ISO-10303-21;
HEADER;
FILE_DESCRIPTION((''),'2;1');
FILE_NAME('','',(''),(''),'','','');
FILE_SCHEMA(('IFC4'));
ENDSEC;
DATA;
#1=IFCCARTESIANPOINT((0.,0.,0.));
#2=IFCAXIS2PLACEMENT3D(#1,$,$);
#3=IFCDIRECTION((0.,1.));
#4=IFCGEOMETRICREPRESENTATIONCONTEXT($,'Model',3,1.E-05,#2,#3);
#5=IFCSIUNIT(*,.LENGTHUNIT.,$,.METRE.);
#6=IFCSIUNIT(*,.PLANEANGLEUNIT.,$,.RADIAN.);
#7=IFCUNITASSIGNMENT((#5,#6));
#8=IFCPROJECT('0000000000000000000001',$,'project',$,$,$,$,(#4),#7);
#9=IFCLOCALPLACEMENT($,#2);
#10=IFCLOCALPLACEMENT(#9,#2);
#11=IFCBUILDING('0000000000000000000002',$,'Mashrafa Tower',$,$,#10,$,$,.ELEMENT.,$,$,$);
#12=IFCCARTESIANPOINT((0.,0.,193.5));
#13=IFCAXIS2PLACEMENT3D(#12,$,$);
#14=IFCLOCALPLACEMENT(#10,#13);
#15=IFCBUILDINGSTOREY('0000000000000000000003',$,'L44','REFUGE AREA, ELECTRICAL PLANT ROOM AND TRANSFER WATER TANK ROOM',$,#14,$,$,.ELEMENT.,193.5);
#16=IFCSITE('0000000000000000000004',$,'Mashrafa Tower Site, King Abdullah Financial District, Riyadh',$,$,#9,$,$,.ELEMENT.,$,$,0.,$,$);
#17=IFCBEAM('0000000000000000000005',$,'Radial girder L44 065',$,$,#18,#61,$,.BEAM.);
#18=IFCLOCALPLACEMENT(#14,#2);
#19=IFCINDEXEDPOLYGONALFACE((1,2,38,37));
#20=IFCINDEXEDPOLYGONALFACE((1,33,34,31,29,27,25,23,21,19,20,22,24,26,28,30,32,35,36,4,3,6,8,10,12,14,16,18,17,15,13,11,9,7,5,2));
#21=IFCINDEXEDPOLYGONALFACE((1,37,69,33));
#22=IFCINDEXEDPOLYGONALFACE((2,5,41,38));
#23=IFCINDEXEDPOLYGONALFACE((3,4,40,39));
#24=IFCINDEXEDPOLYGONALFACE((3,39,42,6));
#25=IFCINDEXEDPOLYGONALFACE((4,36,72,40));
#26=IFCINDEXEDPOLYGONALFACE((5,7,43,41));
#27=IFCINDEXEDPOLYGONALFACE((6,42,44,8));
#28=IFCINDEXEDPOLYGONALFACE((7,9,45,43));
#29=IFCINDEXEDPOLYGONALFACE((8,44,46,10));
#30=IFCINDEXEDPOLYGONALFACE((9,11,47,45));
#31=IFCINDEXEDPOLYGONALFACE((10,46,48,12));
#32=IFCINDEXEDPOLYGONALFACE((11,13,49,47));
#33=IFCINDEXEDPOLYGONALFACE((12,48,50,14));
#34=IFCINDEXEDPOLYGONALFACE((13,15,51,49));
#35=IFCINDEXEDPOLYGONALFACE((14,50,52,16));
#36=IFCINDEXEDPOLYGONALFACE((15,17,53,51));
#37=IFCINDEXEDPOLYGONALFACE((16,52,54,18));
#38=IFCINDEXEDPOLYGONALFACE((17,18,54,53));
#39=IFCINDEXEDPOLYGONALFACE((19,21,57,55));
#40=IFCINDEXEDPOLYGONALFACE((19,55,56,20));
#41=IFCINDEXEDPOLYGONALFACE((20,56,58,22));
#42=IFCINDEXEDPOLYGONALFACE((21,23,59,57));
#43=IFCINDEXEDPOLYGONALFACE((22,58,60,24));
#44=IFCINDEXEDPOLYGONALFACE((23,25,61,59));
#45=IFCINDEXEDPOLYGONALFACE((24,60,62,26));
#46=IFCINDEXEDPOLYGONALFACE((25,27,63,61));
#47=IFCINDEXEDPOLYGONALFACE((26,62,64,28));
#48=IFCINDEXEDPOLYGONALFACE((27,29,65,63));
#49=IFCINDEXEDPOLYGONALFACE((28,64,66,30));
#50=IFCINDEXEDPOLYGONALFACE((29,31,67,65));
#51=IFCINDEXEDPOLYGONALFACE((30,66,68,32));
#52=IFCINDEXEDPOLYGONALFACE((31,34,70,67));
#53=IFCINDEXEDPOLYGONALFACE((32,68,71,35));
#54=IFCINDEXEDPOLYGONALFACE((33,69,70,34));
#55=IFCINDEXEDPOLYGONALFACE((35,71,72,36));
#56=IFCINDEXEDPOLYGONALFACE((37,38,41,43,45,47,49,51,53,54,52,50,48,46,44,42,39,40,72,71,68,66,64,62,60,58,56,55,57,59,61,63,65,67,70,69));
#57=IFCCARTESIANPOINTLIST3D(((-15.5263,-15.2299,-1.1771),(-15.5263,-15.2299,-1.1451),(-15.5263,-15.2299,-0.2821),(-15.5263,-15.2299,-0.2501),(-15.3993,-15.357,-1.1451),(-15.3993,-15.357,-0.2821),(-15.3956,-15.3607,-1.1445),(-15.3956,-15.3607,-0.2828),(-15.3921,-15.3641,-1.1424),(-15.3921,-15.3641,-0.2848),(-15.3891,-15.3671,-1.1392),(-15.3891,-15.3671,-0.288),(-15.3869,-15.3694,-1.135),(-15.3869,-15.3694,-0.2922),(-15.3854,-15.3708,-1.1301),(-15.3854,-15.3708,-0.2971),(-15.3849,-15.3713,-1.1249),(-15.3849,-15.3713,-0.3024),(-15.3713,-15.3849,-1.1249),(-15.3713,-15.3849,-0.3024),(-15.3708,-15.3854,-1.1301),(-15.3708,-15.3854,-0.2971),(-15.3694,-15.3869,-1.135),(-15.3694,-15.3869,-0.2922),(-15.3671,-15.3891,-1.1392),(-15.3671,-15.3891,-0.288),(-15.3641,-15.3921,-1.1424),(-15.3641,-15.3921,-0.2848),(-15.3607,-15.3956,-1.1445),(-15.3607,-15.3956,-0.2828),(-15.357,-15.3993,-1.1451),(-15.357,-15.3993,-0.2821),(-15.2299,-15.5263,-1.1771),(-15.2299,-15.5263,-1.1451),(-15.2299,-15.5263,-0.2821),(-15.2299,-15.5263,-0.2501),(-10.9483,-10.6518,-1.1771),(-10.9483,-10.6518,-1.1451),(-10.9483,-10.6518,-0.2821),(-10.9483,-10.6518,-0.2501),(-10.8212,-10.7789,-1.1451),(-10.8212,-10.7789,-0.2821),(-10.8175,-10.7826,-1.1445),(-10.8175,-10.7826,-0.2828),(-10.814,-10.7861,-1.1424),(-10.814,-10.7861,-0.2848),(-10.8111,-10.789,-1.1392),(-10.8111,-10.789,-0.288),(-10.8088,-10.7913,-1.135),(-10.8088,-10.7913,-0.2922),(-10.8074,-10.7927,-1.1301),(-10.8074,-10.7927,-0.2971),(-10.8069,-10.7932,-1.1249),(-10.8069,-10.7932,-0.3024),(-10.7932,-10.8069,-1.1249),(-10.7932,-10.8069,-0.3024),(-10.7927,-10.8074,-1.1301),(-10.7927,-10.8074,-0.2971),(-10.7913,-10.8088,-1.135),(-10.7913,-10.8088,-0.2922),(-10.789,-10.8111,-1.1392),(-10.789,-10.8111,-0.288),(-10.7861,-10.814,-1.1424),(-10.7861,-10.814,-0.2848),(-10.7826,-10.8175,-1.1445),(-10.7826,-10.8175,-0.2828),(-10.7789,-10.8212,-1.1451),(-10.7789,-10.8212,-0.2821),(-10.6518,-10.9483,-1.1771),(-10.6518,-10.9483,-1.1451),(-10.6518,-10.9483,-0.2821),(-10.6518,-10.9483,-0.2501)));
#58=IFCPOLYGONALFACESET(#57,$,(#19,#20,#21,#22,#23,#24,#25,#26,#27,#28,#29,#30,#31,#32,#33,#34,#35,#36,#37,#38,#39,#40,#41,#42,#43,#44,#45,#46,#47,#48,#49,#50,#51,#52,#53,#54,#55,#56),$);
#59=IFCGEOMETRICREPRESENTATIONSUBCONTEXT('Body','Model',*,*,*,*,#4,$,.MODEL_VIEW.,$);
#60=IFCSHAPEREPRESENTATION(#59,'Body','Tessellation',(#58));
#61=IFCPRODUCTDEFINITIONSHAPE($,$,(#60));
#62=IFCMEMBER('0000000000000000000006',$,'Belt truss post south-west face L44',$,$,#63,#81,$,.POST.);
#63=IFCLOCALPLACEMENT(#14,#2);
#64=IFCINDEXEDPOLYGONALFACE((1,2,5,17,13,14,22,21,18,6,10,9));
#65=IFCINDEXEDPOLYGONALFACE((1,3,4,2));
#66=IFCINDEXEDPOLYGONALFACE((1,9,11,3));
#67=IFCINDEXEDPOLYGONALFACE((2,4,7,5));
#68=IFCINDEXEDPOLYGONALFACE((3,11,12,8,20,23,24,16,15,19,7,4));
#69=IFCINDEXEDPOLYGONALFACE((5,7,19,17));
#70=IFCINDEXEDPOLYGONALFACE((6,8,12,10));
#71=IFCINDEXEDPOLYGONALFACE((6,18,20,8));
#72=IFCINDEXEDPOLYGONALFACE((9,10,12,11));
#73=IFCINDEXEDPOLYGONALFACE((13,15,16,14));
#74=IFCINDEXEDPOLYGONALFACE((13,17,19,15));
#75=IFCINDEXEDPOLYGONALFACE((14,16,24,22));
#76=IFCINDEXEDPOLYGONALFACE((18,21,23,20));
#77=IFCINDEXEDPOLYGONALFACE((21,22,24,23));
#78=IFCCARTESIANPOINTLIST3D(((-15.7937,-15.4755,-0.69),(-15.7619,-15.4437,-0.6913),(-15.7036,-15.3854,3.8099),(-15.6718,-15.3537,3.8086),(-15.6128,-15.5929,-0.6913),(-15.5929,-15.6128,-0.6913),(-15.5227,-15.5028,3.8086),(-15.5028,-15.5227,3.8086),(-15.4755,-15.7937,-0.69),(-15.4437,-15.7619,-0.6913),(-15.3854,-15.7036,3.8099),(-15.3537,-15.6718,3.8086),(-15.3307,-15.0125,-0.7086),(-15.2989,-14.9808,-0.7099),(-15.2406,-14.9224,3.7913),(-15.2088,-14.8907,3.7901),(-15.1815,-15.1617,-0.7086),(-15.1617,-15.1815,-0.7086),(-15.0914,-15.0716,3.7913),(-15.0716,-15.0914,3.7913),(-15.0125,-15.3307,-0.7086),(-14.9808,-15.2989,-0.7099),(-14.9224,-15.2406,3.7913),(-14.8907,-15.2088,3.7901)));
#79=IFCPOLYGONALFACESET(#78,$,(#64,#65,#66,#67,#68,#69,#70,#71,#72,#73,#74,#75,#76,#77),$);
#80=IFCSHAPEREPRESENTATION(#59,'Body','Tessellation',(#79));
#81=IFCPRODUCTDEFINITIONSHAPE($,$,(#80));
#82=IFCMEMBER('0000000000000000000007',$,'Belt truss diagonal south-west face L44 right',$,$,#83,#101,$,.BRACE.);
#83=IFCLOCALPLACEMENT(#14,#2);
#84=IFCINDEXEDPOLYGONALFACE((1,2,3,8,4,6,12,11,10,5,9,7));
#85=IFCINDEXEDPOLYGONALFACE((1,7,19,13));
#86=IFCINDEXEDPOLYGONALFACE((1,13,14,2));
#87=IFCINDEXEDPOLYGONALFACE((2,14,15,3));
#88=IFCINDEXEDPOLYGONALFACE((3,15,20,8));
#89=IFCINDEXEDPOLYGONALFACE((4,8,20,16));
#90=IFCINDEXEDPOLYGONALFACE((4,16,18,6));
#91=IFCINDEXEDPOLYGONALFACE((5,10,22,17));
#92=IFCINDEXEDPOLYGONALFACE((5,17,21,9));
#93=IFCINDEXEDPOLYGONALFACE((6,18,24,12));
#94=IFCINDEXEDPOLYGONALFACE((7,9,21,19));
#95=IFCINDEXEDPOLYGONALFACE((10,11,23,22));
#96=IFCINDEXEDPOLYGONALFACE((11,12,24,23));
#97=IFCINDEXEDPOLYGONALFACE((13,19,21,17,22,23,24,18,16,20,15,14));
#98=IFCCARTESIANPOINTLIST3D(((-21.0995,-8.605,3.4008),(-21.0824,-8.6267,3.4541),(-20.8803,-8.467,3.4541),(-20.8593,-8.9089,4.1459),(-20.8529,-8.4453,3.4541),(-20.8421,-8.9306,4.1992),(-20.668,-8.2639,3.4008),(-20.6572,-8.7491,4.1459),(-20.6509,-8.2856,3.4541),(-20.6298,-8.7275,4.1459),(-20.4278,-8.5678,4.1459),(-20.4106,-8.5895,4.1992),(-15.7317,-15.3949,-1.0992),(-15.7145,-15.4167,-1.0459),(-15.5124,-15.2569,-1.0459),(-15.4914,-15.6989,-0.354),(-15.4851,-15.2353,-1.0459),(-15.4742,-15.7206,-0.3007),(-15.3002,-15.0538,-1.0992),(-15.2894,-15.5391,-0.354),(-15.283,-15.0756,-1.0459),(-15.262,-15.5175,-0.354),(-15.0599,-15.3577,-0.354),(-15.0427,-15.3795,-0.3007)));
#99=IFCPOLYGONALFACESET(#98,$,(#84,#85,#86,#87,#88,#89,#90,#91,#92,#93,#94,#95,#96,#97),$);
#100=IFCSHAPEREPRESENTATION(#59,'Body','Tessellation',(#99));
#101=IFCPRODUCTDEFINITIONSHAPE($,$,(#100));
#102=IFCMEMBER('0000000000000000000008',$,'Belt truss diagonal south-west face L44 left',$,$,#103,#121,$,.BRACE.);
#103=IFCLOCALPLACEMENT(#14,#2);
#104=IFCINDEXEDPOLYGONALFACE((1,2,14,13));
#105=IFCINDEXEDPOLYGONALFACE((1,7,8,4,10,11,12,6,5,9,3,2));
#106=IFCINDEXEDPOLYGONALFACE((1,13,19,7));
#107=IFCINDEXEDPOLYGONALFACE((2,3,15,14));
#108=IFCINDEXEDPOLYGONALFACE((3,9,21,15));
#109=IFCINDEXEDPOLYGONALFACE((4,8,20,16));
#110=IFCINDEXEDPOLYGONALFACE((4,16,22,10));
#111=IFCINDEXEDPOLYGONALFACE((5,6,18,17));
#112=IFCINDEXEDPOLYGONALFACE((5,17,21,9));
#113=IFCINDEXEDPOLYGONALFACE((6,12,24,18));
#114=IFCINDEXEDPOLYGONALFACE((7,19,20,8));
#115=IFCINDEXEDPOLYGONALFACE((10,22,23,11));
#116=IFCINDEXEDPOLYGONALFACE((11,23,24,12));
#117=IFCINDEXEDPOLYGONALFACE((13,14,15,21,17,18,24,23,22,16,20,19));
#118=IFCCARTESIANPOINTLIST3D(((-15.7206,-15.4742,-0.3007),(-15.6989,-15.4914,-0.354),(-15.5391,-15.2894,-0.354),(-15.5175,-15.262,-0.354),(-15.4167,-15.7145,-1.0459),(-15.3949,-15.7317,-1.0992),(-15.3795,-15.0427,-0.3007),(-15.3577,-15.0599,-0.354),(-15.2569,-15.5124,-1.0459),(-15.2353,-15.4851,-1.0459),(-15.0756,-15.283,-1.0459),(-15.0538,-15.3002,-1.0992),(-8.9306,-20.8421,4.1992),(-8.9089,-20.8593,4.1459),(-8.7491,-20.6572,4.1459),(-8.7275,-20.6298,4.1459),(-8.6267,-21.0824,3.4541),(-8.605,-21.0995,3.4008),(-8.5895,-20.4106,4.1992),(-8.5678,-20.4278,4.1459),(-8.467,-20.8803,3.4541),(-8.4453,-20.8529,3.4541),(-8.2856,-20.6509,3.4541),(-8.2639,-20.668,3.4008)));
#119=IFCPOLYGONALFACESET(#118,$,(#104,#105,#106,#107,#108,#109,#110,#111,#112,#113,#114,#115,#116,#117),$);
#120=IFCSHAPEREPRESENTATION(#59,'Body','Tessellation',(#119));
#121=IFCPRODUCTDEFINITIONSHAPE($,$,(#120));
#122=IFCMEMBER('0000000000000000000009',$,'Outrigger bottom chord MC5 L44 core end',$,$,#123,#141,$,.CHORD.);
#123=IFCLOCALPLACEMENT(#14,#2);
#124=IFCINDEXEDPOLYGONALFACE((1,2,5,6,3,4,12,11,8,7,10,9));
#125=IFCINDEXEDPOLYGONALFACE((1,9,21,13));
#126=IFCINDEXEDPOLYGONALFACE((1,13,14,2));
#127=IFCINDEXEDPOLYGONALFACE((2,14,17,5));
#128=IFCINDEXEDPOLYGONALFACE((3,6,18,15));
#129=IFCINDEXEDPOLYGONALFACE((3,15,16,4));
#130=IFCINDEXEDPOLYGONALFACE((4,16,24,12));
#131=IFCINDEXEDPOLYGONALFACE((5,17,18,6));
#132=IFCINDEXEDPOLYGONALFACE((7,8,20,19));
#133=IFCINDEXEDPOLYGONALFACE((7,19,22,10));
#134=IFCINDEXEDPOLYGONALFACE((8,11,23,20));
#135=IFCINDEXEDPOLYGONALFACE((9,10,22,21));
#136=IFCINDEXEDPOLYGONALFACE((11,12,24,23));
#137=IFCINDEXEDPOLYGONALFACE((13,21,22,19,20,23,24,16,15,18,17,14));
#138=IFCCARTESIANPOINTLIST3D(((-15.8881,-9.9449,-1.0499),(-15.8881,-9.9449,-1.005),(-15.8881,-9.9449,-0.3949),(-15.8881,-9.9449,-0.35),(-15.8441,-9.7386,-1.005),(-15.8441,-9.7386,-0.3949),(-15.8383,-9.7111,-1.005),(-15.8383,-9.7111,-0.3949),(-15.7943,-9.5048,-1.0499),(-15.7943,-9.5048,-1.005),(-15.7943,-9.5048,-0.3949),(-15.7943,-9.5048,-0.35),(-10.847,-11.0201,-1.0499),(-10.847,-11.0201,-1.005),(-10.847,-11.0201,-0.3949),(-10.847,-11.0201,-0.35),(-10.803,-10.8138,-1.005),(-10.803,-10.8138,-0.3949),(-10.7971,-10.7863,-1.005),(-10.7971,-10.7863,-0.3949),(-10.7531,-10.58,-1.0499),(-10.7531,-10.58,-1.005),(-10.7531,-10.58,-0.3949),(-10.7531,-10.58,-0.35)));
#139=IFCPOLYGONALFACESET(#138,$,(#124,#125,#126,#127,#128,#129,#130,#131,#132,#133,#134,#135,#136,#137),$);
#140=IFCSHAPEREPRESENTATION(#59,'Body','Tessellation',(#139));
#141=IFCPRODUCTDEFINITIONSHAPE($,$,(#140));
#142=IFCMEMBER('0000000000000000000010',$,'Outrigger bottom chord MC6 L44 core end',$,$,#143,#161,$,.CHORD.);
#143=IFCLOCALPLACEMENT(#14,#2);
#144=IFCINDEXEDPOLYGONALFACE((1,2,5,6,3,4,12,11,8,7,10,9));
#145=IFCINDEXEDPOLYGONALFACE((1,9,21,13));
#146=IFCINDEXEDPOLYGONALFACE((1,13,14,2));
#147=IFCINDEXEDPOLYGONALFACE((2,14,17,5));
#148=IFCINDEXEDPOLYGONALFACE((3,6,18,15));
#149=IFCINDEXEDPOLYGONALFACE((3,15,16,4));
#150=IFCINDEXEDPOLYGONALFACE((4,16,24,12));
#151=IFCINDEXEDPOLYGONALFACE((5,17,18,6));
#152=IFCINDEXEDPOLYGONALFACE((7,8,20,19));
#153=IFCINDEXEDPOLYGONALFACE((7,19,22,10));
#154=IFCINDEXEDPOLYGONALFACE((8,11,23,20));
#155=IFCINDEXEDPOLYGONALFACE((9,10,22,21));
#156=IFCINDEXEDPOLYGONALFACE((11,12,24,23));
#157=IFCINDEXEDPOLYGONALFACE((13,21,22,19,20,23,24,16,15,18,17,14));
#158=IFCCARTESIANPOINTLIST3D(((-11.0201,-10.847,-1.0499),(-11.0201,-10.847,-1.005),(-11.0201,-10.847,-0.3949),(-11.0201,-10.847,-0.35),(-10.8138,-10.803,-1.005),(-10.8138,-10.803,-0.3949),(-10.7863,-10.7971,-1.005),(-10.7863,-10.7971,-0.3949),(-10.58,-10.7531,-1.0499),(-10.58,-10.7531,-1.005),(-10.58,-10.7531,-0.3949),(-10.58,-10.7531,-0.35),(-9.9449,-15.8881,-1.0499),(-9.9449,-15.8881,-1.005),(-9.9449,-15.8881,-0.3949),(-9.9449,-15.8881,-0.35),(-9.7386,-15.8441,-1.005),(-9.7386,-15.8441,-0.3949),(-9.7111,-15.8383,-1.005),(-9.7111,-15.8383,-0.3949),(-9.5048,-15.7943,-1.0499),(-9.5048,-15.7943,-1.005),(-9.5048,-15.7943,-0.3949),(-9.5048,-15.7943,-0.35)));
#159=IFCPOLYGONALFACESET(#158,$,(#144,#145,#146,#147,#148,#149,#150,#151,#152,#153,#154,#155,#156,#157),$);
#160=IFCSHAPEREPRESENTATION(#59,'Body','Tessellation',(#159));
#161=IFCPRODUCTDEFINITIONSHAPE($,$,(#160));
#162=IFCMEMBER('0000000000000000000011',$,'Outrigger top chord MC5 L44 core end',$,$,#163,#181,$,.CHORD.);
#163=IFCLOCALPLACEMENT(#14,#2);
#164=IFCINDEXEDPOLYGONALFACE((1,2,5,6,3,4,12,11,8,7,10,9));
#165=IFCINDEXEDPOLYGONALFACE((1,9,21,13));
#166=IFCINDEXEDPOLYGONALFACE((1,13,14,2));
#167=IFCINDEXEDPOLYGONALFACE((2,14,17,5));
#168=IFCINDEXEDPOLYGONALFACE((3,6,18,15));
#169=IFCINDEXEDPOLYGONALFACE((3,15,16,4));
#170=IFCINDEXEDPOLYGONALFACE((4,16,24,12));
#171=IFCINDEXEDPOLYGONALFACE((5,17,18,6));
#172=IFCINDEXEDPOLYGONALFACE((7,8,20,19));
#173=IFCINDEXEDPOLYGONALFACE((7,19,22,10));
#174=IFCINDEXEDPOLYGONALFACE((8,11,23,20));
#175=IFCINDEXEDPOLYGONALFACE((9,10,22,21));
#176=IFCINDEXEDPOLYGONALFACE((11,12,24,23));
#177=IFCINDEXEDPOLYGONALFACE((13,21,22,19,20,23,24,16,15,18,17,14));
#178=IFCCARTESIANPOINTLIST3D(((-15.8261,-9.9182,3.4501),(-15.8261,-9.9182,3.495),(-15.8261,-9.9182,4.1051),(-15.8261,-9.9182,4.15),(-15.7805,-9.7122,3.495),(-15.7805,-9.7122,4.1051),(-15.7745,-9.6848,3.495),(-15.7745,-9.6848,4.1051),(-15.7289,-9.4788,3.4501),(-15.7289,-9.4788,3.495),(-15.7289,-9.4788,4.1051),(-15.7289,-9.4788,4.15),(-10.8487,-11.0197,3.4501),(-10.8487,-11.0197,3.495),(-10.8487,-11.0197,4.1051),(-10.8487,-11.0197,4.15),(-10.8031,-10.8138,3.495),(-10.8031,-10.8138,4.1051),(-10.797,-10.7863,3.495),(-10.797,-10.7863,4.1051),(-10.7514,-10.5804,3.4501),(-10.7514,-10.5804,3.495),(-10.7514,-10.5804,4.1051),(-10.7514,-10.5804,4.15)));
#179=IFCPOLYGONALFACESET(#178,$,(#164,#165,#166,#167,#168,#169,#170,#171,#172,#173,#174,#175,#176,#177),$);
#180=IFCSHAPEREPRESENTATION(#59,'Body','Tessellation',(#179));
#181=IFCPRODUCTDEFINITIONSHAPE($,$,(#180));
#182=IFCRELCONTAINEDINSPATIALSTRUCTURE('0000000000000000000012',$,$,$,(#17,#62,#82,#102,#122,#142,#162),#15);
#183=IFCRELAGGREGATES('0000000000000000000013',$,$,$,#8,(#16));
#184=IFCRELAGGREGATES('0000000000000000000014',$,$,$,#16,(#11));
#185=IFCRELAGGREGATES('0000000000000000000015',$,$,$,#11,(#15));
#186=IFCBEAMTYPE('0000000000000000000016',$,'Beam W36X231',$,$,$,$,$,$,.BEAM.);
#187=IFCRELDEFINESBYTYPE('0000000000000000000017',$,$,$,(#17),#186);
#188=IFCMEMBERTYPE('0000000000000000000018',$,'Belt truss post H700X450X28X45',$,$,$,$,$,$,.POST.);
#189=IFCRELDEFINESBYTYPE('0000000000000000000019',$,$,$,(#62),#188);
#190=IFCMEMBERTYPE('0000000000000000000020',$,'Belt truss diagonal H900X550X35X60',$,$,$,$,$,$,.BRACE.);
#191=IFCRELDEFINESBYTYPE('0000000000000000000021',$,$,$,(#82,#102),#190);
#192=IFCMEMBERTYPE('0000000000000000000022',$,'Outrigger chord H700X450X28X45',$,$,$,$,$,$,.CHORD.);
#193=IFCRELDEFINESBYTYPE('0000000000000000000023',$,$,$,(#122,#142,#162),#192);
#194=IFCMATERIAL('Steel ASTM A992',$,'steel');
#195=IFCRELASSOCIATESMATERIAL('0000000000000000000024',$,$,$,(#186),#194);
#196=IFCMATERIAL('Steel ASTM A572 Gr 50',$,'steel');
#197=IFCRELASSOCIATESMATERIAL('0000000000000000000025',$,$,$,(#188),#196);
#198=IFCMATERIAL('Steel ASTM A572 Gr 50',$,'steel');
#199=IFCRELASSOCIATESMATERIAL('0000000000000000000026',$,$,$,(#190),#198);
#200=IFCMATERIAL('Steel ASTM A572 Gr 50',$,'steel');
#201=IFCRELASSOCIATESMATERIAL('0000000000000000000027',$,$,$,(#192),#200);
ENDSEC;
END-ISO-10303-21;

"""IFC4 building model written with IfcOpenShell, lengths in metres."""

from ifc_helpers import new_model, si_unit, direction, frame, origin, origin_2d, place, context, subcontext, project, spatial, i_section, extrude, source, transform, mapped, material, material_profile, profile_set, type_object, type_shapes, element, save


model = new_model("IFC4")

# Units and contexts
model_context = context("Model", 3, precision=1e-05, world=origin(), true_north=direction((0.0, 1.0)))
body_context = subcontext(model_context, "Body", "Model", "MODEL_VIEW")
ifc_project = project(units=[si_unit("LENGTHUNIT", "METRE"), si_unit("PLANEANGLEUNIT", "RADIAN")], contexts=[model_context])

# Site, building, storey
site_placement = place(None, origin())
site = spatial("IfcSite", under=ifc_project, at=site_placement, Name="Mashrafa Tower Site, King Abdullah Financial District, Riyadh", CompositionType="ELEMENT", RefElevation=0.0)
building_placement = place(site_placement, origin())
building = spatial("IfcBuilding", under=site, at=building_placement, Name="Mashrafa Tower", CompositionType="ELEMENT")
storey_placement = place(building_placement, frame((0.0, 0.0, 193.5)))
storey = spatial("IfcBuildingStorey", under=building, at=storey_placement, Name="L44", Description="REFUGE AREA, ELECTRICAL PLANT ROOM AND TRANSFER WATER TANK ROOM", CompositionType="ELEMENT", Elevation=193.5)

# Beam
ifc_material_1 = material(Name="Steel ASTM A992", Category="steel")
ifc_material_profile_1 = material_profile(ifc_material_1, i_section(OverallWidth=0.4192, OverallDepth=0.927, WebThickness=0.0193, FlangeThickness=0.032, FilletRadius=0.0203, at=origin_2d()), Name="W36X231")
ifc_profile_set_1 = profile_set([ifc_material_profile_1], Name="Steel ASTM A992")
beam_type_1 = type_object("IfcBeamType", Name="Beam W36X231", PredefinedType="BEAM", material=ifc_profile_set_1)
beam_1_placement = place(storey_placement, frame((-10.8, -10.8, -0.7136), z_axis=(-0.707107, -0.707107, 0.0), x_axis=(0.707107, -0.707107, 0.0)))
element("IfcBeam", 1, at=beam_1_placement, inside=storey, type_object=beam_type_1, Name="Radial girder L44 065", PredefinedType="BEAM", context=body_context, shape_type="SweptSolid", body=[
    extrude(i_section(OverallWidth=0.4192, OverallDepth=0.927, WebThickness=0.0193, FlangeThickness=0.032, FilletRadius=0.0203, at=origin_2d()), origin(), (0.0, 0.0, 1.0), 6.4744),
])

# Members
ifc_material_2 = material(Name="Steel ASTM A572 Gr 50", Category="steel")
ifc_material_profile_2 = material_profile(ifc_material_2, i_section(OverallWidth=0.45, OverallDepth=0.7, WebThickness=0.0281, FlangeThickness=0.0449, at=origin_2d()), Name="H700X450X28X45")
ifc_profile_set_2 = profile_set([ifc_material_profile_2], Name="Steel ASTM A572 Gr 50")
member_type_1 = type_object("IfcMemberType", Name="Belt truss post H700X450X28X45", PredefinedType="POST", material=ifc_profile_set_2)
shared_shape_1 = source(origin(), body_context, "Body", "SweptSolid", [
    extrude(i_section(OverallWidth=0.45, OverallDepth=0.7, WebThickness=0.0281, FlangeThickness=0.0449, at=origin_2d()), origin(), (0.0, 0.0, 1.0), 4.5017),
])
type_shapes(member_type_1, [shared_shape_1])
member_1_placement = place(storey_placement, frame((-15.3872, -15.3872, -0.7), z_axis=(0.020012, 0.020012, 0.999599), x_axis=(-0.707107, 0.707107, 0.0)))
element("IfcMember", 2, at=member_1_placement, inside=storey, type_object=member_type_1, Name="Belt truss post south-west face L44", PredefinedType="POST", context=body_context, shape_type="MappedRepresentation", body=[
    mapped(shared_shape_1, transform((0.0, 0.0, 0.0))),
])
ifc_material_3 = material(Name="Steel ASTM A572 Gr 50", Category="steel")
ifc_material_profile_3 = material_profile(ifc_material_3, i_section(OverallWidth=0.55, OverallDepth=0.8999, WebThickness=0.0349, FlangeThickness=0.0601, at=origin_2d()), Name="H900X550X35X60")
ifc_profile_set_3 = profile_set([ifc_material_profile_3], Name="Steel ASTM A572 Gr 50")
member_type_2 = type_object("IfcMemberType", Name="Belt truss diagonal H900X550X35X60", PredefinedType="BRACE", material=ifc_profile_set_3)
shared_shape_2 = source(origin(), body_context, "Body", "SweptSolid", [
    extrude(i_section(OverallWidth=0.55, OverallDepth=0.8999, WebThickness=0.0349, FlangeThickness=0.0601, at=origin_2d()), origin(), (0.0, 0.0, 1.0), 9.7554),
])
type_shapes(member_type_2, [shared_shape_2])
for number, where, z_axis, x_axis, name in (
    (3, (-15.3872, -15.3872, -0.7), (-0.550247, 0.696024, 0.46128), (-0.784469, -0.620168, 0.0), "Belt truss diagonal south-west face L44 right"),
    (4, (-15.3872, -15.3872, -0.7), (0.696024, -0.550247, 0.46128), (0.620168, 0.784469, 0.0), "Belt truss diagonal south-west face L44 left"),
):
    element("IfcMember", number, at=place(storey_placement, frame(where, z_axis=z_axis, x_axis=x_axis)), inside=storey, type_object=member_type_2, Name=name, PredefinedType="BRACE", context=body_context, shape_type="MappedRepresentation", body=[
        mapped(shared_shape_2, transform((0.0, 0.0, 0.0))),
    ])
ifc_material_4 = material(Name="Steel ASTM A572 Gr 50", Category="steel")
ifc_material_profile_4 = material_profile(ifc_material_4, i_section(OverallWidth=0.45, OverallDepth=0.7, WebThickness=0.0281, FlangeThickness=0.0449, at=origin_2d()), Name="H700X450X28X45")
ifc_profile_set_4 = profile_set([ifc_material_profile_4], Name="Steel ASTM A572 Gr 50")
member_type_3 = type_object("IfcMemberType", Name="Outrigger chord H700X450X28X45", PredefinedType="CHORD", material=ifc_profile_set_4)
shared_shape_3 = source(origin(), body_context, "Body", "SweptSolid", [
    extrude(i_section(OverallWidth=0.45, OverallDepth=0.7, WebThickness=0.0281, FlangeThickness=0.0449, at=origin_2d()), origin(), (0.0, 0.0, 1.0), 5.1545),
])
for number, where, z_axis, x_axis, name in (
    (5, (-10.8, -10.8, -0.7), (-0.978004, 0.208588, 0.0), (-0.208588, -0.978004, 0.0), "Outrigger bottom chord MC5 L44 core end"),
    (6, (-10.8, -10.8, -0.7), (0.208588, -0.978004, 0.0), (0.978004, 0.208588, 0.0), "Outrigger bottom chord MC6 L44 core end"),
):
    element("IfcMember", number, at=place(storey_placement, frame(where, z_axis=z_axis, x_axis=x_axis)), inside=storey, type_object=member_type_3, Name=name, PredefinedType="CHORD", context=body_context, shape_type="MappedRepresentation", body=[
        mapped(shared_shape_3, transform((0.0, 0.0, 0.0))),
    ])
shared_shape_4 = source(origin(), body_context, "Body", "SweptSolid", [
    extrude(i_section(OverallWidth=0.45, OverallDepth=0.7, WebThickness=0.0281, FlangeThickness=0.0449, at=origin_2d()), origin(), (0.0, 0.0, 1.0), 5.0979),
])
type_shapes(member_type_3, [shared_shape_3, shared_shape_4])
member_2_placement = place(storey_placement, frame((-10.8, -10.8, 3.8), z_axis=(-0.976376, 0.216079, 0.0), x_axis=(-0.216079, -0.976376, 0.0)))
element("IfcMember", 7, at=member_2_placement, inside=storey, type_object=member_type_3, Name="Outrigger top chord MC5 L44 core end", PredefinedType="CHORD", context=body_context, shape_type="MappedRepresentation", body=[
    mapped(shared_shape_4, transform((0.0, 0.0, 0.0))),
])

save(model, "model.ifc")
